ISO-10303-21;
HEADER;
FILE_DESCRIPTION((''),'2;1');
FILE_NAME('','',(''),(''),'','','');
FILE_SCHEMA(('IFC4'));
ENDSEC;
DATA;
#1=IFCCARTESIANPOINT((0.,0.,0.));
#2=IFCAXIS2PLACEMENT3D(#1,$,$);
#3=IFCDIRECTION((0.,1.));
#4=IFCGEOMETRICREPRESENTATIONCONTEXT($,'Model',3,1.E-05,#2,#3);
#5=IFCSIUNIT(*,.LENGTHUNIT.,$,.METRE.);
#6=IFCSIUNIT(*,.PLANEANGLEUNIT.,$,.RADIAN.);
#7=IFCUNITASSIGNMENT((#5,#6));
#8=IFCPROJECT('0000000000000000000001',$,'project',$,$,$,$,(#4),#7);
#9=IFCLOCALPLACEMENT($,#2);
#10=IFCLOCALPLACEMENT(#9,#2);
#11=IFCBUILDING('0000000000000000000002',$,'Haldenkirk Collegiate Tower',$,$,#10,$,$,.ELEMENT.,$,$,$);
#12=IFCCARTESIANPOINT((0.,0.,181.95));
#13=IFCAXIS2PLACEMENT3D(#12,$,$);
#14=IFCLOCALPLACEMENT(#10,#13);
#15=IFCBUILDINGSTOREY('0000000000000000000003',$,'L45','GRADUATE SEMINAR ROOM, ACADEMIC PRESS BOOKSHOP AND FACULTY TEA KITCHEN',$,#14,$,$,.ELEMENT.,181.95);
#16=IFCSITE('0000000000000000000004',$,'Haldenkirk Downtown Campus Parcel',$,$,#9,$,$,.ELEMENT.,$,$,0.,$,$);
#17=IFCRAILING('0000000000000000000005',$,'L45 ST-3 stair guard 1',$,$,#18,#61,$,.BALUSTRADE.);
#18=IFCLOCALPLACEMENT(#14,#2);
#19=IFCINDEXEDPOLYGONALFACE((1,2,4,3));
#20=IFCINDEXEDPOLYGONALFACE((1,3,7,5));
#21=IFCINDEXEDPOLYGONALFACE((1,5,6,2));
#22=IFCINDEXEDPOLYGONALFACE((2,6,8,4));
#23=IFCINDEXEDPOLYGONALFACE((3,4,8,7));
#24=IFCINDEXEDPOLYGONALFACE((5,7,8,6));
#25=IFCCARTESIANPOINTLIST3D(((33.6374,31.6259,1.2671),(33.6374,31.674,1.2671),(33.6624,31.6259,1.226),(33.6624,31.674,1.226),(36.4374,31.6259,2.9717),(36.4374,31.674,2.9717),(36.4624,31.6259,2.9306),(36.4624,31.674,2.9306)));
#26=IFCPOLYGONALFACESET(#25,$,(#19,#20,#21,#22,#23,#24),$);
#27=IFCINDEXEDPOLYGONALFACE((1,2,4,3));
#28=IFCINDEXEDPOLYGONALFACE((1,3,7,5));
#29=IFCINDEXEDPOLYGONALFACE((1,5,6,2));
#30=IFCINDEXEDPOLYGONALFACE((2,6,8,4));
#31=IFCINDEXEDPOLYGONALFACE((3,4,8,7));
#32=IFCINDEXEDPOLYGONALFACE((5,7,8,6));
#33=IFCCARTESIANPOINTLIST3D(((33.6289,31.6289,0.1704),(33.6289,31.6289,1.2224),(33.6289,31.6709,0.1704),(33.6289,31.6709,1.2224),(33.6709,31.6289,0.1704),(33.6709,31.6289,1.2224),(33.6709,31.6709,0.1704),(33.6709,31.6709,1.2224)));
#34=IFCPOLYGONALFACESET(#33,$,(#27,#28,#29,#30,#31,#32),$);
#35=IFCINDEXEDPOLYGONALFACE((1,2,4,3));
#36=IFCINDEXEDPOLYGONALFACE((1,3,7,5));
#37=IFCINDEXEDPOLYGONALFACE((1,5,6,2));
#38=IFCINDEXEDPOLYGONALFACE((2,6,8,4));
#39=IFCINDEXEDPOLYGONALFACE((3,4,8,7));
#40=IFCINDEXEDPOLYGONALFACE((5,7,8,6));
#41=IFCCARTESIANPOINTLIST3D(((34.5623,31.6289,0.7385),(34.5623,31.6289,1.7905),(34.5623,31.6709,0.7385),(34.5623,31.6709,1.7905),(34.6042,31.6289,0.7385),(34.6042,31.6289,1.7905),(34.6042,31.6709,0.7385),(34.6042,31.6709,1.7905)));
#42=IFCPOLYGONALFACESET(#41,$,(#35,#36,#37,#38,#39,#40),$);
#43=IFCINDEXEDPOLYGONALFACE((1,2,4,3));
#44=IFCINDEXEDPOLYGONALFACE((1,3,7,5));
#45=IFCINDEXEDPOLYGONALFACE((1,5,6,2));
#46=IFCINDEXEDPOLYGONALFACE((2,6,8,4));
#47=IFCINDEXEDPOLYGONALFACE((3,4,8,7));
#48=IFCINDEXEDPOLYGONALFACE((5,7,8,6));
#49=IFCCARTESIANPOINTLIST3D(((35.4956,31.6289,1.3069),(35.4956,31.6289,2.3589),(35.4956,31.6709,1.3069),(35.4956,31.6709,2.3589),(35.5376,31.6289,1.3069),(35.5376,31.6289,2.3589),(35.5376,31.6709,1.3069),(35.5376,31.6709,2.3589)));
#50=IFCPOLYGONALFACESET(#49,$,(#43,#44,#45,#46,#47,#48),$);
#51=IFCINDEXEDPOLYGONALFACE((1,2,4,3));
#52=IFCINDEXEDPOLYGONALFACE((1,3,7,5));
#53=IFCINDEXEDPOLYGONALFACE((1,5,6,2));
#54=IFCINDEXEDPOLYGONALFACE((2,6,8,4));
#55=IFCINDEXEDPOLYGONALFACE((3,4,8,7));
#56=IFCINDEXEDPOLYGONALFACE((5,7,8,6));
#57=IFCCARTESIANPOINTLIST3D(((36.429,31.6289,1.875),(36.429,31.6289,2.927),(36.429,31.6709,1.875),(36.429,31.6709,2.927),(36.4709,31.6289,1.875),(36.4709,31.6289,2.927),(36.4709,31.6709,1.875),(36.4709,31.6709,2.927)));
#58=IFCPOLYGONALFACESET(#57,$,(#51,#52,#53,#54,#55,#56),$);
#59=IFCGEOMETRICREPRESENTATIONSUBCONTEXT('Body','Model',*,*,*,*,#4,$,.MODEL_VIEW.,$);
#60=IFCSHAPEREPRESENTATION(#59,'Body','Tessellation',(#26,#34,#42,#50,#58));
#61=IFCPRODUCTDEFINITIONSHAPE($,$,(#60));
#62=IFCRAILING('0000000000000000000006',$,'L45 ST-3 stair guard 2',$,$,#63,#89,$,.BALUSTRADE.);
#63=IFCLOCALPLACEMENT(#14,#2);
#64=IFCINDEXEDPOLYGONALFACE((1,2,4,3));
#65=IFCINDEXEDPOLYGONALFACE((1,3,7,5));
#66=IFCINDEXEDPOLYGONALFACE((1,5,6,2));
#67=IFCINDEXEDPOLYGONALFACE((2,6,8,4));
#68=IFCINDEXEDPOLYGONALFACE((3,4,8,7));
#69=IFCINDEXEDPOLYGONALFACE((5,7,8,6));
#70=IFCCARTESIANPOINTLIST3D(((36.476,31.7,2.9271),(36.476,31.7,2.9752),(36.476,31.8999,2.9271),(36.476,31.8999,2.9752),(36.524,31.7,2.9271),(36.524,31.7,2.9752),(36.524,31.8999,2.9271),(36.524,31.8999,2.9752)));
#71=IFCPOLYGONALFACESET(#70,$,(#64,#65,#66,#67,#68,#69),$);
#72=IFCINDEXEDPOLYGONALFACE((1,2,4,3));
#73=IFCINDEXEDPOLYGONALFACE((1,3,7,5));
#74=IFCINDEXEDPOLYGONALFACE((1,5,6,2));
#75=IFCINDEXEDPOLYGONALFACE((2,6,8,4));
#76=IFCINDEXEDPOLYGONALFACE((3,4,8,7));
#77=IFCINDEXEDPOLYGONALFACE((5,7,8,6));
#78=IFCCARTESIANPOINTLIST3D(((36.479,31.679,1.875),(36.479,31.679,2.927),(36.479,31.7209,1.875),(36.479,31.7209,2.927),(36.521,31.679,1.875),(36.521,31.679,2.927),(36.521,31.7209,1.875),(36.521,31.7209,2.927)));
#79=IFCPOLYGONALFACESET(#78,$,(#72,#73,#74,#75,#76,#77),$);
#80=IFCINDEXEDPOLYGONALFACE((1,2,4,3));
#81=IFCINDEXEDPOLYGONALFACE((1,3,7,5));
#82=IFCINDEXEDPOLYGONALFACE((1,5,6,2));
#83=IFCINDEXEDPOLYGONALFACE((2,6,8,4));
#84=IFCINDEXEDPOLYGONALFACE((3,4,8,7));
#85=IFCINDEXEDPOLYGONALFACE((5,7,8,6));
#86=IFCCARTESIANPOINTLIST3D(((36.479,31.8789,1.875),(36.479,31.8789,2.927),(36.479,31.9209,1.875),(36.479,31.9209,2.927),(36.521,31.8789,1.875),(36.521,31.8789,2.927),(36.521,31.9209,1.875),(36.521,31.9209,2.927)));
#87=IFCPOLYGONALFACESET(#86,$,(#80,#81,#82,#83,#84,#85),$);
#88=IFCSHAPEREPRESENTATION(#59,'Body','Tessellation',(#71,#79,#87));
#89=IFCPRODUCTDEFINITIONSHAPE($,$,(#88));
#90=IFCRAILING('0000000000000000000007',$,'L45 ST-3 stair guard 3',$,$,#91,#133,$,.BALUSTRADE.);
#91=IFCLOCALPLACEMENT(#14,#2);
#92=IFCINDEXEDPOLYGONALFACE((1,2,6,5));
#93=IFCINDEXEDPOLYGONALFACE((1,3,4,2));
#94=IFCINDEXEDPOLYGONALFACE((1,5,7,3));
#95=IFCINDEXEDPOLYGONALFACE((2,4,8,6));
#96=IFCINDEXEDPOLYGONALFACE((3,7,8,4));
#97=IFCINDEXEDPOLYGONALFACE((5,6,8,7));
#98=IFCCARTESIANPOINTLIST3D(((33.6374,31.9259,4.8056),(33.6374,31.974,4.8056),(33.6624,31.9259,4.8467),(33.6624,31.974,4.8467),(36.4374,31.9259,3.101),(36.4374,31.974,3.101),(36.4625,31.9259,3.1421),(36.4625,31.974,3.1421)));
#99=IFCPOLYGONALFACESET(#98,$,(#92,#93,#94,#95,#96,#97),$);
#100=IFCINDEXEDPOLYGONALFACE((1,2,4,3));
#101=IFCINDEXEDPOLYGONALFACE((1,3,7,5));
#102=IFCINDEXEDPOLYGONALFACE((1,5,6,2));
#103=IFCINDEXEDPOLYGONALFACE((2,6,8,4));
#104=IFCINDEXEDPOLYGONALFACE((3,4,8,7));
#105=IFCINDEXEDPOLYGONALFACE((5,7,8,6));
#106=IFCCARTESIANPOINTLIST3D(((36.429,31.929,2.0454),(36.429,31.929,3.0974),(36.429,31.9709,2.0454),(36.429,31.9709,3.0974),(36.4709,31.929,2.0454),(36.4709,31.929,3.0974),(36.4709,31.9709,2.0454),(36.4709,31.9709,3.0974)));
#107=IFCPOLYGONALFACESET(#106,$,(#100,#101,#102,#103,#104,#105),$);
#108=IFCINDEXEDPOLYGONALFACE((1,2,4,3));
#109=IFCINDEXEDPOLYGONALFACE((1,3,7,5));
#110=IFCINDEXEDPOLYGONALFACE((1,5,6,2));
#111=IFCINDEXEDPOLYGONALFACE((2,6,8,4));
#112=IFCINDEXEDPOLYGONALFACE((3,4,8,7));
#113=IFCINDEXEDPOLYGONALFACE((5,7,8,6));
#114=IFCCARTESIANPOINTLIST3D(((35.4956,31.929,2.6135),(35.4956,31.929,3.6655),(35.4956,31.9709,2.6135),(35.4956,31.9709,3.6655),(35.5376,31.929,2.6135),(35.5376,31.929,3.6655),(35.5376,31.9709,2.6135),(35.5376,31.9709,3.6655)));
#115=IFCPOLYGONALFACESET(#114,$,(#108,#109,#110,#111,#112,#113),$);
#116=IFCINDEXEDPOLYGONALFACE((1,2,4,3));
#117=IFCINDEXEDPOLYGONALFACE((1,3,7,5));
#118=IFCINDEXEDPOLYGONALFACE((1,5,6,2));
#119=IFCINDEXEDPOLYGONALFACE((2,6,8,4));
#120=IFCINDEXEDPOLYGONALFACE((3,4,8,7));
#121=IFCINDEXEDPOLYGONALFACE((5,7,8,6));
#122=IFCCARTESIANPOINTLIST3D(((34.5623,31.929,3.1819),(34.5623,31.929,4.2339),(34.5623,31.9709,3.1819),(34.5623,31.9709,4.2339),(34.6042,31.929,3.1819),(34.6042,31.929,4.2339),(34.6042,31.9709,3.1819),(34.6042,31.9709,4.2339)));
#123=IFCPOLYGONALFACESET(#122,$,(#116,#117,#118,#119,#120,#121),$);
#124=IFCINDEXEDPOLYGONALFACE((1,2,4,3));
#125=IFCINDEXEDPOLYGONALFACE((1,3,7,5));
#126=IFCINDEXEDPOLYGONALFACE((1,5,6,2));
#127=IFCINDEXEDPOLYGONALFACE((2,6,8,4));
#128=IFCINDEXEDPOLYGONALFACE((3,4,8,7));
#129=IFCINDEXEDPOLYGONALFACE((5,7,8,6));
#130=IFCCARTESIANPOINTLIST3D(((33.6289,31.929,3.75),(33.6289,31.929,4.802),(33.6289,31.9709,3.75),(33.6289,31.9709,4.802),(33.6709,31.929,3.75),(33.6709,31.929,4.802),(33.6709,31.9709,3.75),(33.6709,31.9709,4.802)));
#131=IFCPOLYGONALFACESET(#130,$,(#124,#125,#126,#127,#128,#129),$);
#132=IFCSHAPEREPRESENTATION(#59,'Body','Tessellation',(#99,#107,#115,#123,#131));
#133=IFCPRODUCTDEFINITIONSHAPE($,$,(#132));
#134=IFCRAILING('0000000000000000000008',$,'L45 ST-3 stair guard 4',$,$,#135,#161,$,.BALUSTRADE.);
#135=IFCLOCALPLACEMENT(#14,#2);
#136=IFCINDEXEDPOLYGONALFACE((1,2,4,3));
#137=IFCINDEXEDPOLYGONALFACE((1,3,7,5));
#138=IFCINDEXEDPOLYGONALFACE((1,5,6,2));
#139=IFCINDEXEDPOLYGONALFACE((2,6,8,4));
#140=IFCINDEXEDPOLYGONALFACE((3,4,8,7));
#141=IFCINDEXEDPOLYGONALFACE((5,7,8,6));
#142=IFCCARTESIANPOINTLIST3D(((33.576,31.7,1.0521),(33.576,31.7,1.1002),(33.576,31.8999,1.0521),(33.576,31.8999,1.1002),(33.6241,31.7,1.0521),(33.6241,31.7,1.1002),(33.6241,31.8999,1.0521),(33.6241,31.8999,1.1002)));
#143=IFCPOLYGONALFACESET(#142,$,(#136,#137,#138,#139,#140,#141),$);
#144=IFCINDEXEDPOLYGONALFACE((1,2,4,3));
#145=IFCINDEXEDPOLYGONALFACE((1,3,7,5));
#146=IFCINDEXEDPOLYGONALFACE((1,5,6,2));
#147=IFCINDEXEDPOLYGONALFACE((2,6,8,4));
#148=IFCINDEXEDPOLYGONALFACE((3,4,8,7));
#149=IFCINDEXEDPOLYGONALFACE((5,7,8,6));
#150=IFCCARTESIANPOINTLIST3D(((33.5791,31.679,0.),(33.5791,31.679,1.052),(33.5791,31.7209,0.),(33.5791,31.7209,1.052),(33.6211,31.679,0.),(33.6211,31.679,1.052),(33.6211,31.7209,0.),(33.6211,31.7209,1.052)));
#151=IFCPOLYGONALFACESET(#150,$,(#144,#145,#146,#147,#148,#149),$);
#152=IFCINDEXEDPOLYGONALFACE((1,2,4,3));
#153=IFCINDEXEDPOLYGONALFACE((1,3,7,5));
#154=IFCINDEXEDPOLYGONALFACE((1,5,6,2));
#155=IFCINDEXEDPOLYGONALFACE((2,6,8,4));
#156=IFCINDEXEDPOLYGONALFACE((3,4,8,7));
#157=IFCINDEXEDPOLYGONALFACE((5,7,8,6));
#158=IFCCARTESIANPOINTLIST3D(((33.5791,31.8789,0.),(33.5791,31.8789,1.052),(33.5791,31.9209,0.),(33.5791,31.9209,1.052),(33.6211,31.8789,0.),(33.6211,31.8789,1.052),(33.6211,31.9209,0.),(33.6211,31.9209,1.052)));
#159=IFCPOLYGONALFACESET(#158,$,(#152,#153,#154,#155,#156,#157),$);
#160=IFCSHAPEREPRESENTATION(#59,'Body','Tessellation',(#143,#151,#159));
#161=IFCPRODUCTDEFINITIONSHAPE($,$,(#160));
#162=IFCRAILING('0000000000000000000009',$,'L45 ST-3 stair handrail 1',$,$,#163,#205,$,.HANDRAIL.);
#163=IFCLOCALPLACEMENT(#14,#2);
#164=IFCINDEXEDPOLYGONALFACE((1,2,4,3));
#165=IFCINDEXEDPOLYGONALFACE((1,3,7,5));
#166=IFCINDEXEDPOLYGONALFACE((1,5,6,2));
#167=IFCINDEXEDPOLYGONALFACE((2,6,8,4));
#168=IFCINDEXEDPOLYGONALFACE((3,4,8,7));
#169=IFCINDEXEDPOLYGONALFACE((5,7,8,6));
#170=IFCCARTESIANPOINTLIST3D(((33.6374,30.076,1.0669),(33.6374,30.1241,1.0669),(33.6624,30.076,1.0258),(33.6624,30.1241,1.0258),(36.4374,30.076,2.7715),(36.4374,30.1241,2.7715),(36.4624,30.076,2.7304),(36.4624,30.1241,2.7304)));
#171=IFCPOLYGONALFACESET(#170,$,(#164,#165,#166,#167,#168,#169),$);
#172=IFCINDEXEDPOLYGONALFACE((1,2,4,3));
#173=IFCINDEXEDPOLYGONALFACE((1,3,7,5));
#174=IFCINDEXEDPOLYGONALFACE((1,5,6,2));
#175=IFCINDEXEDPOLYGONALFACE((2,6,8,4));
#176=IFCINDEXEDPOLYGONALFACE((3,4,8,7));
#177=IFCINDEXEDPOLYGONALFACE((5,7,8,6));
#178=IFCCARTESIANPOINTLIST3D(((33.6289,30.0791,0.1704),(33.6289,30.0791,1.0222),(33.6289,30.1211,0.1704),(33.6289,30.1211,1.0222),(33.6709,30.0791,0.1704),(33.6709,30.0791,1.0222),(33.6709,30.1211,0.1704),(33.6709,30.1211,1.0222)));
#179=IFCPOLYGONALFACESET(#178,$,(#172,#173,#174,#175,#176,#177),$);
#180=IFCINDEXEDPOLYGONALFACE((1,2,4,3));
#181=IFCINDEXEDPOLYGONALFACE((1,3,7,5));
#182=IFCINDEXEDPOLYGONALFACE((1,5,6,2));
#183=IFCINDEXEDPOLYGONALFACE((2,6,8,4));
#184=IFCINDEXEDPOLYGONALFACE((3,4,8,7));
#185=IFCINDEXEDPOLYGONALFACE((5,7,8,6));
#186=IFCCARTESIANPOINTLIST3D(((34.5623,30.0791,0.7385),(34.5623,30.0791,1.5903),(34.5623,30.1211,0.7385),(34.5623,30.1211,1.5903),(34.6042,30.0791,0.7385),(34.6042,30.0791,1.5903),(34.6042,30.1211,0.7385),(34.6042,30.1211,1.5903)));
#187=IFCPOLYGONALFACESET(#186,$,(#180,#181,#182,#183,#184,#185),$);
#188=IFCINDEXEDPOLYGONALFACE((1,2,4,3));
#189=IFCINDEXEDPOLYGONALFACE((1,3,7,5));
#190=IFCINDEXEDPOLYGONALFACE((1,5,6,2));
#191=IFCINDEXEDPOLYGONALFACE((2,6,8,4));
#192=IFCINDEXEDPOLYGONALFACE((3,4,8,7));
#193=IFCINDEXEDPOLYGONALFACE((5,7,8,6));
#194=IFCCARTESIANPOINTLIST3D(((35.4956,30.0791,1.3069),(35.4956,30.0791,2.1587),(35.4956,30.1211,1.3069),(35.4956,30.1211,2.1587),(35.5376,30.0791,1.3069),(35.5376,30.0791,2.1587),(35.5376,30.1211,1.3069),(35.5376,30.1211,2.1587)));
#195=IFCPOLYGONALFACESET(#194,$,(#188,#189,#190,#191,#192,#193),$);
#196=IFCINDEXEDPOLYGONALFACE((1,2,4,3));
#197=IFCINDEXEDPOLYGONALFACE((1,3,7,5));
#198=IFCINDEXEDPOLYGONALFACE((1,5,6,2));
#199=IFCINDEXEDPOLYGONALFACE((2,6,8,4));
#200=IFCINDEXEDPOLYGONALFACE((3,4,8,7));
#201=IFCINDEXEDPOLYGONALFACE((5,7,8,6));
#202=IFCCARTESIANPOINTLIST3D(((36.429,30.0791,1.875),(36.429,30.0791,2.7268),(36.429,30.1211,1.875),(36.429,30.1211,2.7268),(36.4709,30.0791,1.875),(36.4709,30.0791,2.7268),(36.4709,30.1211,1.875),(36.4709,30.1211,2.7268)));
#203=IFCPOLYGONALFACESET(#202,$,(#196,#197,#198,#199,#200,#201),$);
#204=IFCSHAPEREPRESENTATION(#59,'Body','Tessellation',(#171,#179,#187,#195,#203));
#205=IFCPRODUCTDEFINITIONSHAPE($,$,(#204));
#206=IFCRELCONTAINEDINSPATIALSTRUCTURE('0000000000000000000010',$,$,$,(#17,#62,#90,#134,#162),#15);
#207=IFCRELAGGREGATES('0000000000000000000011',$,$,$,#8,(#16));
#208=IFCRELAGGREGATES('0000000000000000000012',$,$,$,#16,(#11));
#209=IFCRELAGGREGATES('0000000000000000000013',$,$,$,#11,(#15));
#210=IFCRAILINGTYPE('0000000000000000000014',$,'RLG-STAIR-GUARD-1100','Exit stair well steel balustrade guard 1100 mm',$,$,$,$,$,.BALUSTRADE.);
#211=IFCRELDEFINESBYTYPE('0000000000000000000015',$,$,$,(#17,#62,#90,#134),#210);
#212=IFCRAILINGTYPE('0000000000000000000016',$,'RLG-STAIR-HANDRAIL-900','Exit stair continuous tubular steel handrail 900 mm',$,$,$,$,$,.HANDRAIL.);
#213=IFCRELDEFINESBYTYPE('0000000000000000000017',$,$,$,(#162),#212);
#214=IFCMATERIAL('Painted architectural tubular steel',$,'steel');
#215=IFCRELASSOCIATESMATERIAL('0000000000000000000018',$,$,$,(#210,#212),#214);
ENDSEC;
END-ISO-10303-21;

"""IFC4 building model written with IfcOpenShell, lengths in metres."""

from ifc_helpers import new_model, si_unit, direction, frame, origin, origin_2d, place, context, subcontext, project, spatial, rectangle, extrude, material, type_object, element, save


model = new_model("IFC4")

# Units and contexts
model_context = context("Model", 3, precision=1e-05, world=origin(), true_north=direction((0.0, 1.0)))
body_context = subcontext(model_context, "Body", "Model", "MODEL_VIEW")
ifc_project = project(units=[si_unit("LENGTHUNIT", "METRE"), si_unit("PLANEANGLEUNIT", "RADIAN")], contexts=[model_context])

# Site, building, storey
site_placement = place(None, origin())
site = spatial("IfcSite", under=ifc_project, at=site_placement, Name="Haldenkirk Downtown Campus Parcel", CompositionType="ELEMENT", RefElevation=0.0)
building_placement = place(site_placement, origin())
building = spatial("IfcBuilding", under=site, at=building_placement, Name="Haldenkirk Collegiate Tower", CompositionType="ELEMENT")
storey_placement = place(building_placement, frame((0.0, 0.0, 181.95)))
storey = spatial("IfcBuildingStorey", under=building, at=storey_placement, Name="L45", Description="GRADUATE SEMINAR ROOM, ACADEMIC PRESS BOOKSHOP AND FACULTY TEA KITCHEN", CompositionType="ELEMENT", Elevation=181.95)

# Railings
ifc_material_1 = material(Name="Painted architectural tubular steel", Category="steel")
railing_type_1 = type_object("IfcRailingType", Name="RLG-STAIR-GUARD-1100", Description="Exit stair well steel balustrade guard 1100 mm", PredefinedType="BALUSTRADE", material=ifc_material_1)
railing_1_placement = place(storey_placement, frame((33.6499, 31.6499, 0.1704)))
element("IfcRailing", 1, at=railing_1_placement, inside=storey, type_object=railing_type_1, Name="L45 ST-3 stair guard 1", PredefinedType="BALUSTRADE", context=body_context, shape_type="SweptSolid", body=[
    extrude(rectangle(XDim=0.0481, YDim=0.0481, at=origin_2d()), frame((0.0, 0.0, 1.0762), z_axis=(0.85417, 0.0, 0.519994), x_axis=(0.0, 1.0, 0.0)), (0.0, 0.0, 1.0), 3.2781),
    extrude(rectangle(XDim=0.042, YDim=0.042, at=origin_2d()), origin(), (0.0, 0.0, 1.0), 1.052),
    extrude(rectangle(XDim=0.042, YDim=0.042, at=origin_2d()), frame((0.9333, 0.0, 0.5681)), (0.0, 0.0, 1.0), 1.052),
    extrude(rectangle(XDim=0.042, YDim=0.042, at=origin_2d()), frame((1.8667, 0.0, 1.1365)), (0.0, 0.0, 1.0), 1.052),
    extrude(rectangle(XDim=0.042, YDim=0.042, at=origin_2d()), frame((2.8, 0.0, 1.7046)), (0.0, 0.0, 1.0), 1.052),
])
railing_2_placement = place(storey_placement, frame((36.5, 31.7, 1.875)))
element("IfcRailing", 2, at=railing_2_placement, inside=storey, type_object=railing_type_1, Name="L45 ST-3 stair guard 2", PredefinedType="BALUSTRADE", context=body_context, shape_type="SweptSolid", body=[
    extrude(rectangle(XDim=0.0481, YDim=0.0481, at=origin_2d()), frame((0.0, 0.0, 1.0762), z_axis=(0.0, 1.0, 0.0), x_axis=(-1.0, 0.0, 0.0)), (0.0, 0.0, 1.0), 0.2),
    extrude(rectangle(XDim=0.042, YDim=0.042, at=origin_2d()), origin(), (0.0, 0.0, 1.0), 1.052),
    extrude(rectangle(XDim=0.042, YDim=0.042, at=origin_2d()), frame((0.0, 0.2, 0.0)), (0.0, 0.0, 1.0), 1.052),
])
railing_3_placement = place(storey_placement, frame((36.45, 31.95, 2.0454)))
element("IfcRailing", 3, at=railing_3_placement, inside=storey, type_object=railing_type_1, Name="L45 ST-3 stair guard 3", PredefinedType="BALUSTRADE", context=body_context, shape_type="SweptSolid", body=[
    extrude(rectangle(XDim=0.0481, YDim=0.0481, at=origin_2d()), frame((0.0, 0.0, 1.0762), z_axis=(-0.85417, 0.0, 0.519994), x_axis=(0.0, -1.0, 0.0)), (0.0, 0.0, 1.0), 3.2781),
    extrude(rectangle(XDim=0.042, YDim=0.042, at=origin_2d()), origin(), (0.0, 0.0, 1.0), 1.052),
    extrude(rectangle(XDim=0.042, YDim=0.042, at=origin_2d()), frame((-0.9333, 0.0, 0.5681)), (0.0, 0.0, 1.0), 1.052),
    extrude(rectangle(XDim=0.042, YDim=0.042, at=origin_2d()), frame((-1.8667, 0.0, 1.1365)), (0.0, 0.0, 1.0), 1.052),
    extrude(rectangle(XDim=0.042, YDim=0.042, at=origin_2d()), frame((-2.8, 0.0, 1.7046)), (0.0, 0.0, 1.0), 1.052),
])
railing_4_placement = place(storey_placement, frame((33.6001, 31.7, 0.0)))
element("IfcRailing", 4, at=railing_4_placement, inside=storey, type_object=railing_type_1, Name="L45 ST-3 stair guard 4", PredefinedType="BALUSTRADE", context=body_context, shape_type="SweptSolid", body=[
    extrude(rectangle(XDim=0.0481, YDim=0.0481, at=origin_2d()), frame((0.0, 0.0, 1.0762), z_axis=(0.0, 1.0, 0.0), x_axis=(-1.0, 0.0, 0.0)), (0.0, 0.0, 1.0), 0.2),
    extrude(rectangle(XDim=0.042, YDim=0.042, at=origin_2d()), origin(), (0.0, 0.0, 1.0), 1.052),
    extrude(rectangle(XDim=0.042, YDim=0.042, at=origin_2d()), frame((0.0, 0.2, 0.0)), (0.0, 0.0, 1.0), 1.052),
])
railing_type_2 = type_object("IfcRailingType", Name="RLG-STAIR-HANDRAIL-900", Description="Exit stair continuous tubular steel handrail 900 mm", PredefinedType="HANDRAIL", material=ifc_material_1)
railing_5_placement = place(storey_placement, frame((33.6499, 30.1001, 0.1704)))
element("IfcRailing", 5, at=railing_5_placement, inside=storey, type_object=railing_type_2, Name="L45 ST-3 stair handrail 1", PredefinedType="HANDRAIL", context=body_context, shape_type="SweptSolid", body=[
    extrude(rectangle(XDim=0.0481, YDim=0.0481, at=origin_2d()), frame((0.0, 0.0, 0.876), z_axis=(0.85417, 0.0, 0.519994), x_axis=(0.0, 1.0, 0.0)), (0.0, 0.0, 1.0), 3.2781),
    extrude(rectangle(XDim=0.042, YDim=0.042, at=origin_2d()), origin(), (0.0, 0.0, 1.0), 0.8518),
    extrude(rectangle(XDim=0.042, YDim=0.042, at=origin_2d()), frame((0.9333, 0.0, 0.5681)), (0.0, 0.0, 1.0), 0.8518),
    extrude(rectangle(XDim=0.042, YDim=0.042, at=origin_2d()), frame((1.8667, 0.0, 1.1365)), (0.0, 0.0, 1.0), 0.8518),
    extrude(rectangle(XDim=0.042, YDim=0.042, at=origin_2d()), frame((2.8, 0.0, 1.7046)), (0.0, 0.0, 1.0), 0.8518),
])

save(model, "model.ifc")
